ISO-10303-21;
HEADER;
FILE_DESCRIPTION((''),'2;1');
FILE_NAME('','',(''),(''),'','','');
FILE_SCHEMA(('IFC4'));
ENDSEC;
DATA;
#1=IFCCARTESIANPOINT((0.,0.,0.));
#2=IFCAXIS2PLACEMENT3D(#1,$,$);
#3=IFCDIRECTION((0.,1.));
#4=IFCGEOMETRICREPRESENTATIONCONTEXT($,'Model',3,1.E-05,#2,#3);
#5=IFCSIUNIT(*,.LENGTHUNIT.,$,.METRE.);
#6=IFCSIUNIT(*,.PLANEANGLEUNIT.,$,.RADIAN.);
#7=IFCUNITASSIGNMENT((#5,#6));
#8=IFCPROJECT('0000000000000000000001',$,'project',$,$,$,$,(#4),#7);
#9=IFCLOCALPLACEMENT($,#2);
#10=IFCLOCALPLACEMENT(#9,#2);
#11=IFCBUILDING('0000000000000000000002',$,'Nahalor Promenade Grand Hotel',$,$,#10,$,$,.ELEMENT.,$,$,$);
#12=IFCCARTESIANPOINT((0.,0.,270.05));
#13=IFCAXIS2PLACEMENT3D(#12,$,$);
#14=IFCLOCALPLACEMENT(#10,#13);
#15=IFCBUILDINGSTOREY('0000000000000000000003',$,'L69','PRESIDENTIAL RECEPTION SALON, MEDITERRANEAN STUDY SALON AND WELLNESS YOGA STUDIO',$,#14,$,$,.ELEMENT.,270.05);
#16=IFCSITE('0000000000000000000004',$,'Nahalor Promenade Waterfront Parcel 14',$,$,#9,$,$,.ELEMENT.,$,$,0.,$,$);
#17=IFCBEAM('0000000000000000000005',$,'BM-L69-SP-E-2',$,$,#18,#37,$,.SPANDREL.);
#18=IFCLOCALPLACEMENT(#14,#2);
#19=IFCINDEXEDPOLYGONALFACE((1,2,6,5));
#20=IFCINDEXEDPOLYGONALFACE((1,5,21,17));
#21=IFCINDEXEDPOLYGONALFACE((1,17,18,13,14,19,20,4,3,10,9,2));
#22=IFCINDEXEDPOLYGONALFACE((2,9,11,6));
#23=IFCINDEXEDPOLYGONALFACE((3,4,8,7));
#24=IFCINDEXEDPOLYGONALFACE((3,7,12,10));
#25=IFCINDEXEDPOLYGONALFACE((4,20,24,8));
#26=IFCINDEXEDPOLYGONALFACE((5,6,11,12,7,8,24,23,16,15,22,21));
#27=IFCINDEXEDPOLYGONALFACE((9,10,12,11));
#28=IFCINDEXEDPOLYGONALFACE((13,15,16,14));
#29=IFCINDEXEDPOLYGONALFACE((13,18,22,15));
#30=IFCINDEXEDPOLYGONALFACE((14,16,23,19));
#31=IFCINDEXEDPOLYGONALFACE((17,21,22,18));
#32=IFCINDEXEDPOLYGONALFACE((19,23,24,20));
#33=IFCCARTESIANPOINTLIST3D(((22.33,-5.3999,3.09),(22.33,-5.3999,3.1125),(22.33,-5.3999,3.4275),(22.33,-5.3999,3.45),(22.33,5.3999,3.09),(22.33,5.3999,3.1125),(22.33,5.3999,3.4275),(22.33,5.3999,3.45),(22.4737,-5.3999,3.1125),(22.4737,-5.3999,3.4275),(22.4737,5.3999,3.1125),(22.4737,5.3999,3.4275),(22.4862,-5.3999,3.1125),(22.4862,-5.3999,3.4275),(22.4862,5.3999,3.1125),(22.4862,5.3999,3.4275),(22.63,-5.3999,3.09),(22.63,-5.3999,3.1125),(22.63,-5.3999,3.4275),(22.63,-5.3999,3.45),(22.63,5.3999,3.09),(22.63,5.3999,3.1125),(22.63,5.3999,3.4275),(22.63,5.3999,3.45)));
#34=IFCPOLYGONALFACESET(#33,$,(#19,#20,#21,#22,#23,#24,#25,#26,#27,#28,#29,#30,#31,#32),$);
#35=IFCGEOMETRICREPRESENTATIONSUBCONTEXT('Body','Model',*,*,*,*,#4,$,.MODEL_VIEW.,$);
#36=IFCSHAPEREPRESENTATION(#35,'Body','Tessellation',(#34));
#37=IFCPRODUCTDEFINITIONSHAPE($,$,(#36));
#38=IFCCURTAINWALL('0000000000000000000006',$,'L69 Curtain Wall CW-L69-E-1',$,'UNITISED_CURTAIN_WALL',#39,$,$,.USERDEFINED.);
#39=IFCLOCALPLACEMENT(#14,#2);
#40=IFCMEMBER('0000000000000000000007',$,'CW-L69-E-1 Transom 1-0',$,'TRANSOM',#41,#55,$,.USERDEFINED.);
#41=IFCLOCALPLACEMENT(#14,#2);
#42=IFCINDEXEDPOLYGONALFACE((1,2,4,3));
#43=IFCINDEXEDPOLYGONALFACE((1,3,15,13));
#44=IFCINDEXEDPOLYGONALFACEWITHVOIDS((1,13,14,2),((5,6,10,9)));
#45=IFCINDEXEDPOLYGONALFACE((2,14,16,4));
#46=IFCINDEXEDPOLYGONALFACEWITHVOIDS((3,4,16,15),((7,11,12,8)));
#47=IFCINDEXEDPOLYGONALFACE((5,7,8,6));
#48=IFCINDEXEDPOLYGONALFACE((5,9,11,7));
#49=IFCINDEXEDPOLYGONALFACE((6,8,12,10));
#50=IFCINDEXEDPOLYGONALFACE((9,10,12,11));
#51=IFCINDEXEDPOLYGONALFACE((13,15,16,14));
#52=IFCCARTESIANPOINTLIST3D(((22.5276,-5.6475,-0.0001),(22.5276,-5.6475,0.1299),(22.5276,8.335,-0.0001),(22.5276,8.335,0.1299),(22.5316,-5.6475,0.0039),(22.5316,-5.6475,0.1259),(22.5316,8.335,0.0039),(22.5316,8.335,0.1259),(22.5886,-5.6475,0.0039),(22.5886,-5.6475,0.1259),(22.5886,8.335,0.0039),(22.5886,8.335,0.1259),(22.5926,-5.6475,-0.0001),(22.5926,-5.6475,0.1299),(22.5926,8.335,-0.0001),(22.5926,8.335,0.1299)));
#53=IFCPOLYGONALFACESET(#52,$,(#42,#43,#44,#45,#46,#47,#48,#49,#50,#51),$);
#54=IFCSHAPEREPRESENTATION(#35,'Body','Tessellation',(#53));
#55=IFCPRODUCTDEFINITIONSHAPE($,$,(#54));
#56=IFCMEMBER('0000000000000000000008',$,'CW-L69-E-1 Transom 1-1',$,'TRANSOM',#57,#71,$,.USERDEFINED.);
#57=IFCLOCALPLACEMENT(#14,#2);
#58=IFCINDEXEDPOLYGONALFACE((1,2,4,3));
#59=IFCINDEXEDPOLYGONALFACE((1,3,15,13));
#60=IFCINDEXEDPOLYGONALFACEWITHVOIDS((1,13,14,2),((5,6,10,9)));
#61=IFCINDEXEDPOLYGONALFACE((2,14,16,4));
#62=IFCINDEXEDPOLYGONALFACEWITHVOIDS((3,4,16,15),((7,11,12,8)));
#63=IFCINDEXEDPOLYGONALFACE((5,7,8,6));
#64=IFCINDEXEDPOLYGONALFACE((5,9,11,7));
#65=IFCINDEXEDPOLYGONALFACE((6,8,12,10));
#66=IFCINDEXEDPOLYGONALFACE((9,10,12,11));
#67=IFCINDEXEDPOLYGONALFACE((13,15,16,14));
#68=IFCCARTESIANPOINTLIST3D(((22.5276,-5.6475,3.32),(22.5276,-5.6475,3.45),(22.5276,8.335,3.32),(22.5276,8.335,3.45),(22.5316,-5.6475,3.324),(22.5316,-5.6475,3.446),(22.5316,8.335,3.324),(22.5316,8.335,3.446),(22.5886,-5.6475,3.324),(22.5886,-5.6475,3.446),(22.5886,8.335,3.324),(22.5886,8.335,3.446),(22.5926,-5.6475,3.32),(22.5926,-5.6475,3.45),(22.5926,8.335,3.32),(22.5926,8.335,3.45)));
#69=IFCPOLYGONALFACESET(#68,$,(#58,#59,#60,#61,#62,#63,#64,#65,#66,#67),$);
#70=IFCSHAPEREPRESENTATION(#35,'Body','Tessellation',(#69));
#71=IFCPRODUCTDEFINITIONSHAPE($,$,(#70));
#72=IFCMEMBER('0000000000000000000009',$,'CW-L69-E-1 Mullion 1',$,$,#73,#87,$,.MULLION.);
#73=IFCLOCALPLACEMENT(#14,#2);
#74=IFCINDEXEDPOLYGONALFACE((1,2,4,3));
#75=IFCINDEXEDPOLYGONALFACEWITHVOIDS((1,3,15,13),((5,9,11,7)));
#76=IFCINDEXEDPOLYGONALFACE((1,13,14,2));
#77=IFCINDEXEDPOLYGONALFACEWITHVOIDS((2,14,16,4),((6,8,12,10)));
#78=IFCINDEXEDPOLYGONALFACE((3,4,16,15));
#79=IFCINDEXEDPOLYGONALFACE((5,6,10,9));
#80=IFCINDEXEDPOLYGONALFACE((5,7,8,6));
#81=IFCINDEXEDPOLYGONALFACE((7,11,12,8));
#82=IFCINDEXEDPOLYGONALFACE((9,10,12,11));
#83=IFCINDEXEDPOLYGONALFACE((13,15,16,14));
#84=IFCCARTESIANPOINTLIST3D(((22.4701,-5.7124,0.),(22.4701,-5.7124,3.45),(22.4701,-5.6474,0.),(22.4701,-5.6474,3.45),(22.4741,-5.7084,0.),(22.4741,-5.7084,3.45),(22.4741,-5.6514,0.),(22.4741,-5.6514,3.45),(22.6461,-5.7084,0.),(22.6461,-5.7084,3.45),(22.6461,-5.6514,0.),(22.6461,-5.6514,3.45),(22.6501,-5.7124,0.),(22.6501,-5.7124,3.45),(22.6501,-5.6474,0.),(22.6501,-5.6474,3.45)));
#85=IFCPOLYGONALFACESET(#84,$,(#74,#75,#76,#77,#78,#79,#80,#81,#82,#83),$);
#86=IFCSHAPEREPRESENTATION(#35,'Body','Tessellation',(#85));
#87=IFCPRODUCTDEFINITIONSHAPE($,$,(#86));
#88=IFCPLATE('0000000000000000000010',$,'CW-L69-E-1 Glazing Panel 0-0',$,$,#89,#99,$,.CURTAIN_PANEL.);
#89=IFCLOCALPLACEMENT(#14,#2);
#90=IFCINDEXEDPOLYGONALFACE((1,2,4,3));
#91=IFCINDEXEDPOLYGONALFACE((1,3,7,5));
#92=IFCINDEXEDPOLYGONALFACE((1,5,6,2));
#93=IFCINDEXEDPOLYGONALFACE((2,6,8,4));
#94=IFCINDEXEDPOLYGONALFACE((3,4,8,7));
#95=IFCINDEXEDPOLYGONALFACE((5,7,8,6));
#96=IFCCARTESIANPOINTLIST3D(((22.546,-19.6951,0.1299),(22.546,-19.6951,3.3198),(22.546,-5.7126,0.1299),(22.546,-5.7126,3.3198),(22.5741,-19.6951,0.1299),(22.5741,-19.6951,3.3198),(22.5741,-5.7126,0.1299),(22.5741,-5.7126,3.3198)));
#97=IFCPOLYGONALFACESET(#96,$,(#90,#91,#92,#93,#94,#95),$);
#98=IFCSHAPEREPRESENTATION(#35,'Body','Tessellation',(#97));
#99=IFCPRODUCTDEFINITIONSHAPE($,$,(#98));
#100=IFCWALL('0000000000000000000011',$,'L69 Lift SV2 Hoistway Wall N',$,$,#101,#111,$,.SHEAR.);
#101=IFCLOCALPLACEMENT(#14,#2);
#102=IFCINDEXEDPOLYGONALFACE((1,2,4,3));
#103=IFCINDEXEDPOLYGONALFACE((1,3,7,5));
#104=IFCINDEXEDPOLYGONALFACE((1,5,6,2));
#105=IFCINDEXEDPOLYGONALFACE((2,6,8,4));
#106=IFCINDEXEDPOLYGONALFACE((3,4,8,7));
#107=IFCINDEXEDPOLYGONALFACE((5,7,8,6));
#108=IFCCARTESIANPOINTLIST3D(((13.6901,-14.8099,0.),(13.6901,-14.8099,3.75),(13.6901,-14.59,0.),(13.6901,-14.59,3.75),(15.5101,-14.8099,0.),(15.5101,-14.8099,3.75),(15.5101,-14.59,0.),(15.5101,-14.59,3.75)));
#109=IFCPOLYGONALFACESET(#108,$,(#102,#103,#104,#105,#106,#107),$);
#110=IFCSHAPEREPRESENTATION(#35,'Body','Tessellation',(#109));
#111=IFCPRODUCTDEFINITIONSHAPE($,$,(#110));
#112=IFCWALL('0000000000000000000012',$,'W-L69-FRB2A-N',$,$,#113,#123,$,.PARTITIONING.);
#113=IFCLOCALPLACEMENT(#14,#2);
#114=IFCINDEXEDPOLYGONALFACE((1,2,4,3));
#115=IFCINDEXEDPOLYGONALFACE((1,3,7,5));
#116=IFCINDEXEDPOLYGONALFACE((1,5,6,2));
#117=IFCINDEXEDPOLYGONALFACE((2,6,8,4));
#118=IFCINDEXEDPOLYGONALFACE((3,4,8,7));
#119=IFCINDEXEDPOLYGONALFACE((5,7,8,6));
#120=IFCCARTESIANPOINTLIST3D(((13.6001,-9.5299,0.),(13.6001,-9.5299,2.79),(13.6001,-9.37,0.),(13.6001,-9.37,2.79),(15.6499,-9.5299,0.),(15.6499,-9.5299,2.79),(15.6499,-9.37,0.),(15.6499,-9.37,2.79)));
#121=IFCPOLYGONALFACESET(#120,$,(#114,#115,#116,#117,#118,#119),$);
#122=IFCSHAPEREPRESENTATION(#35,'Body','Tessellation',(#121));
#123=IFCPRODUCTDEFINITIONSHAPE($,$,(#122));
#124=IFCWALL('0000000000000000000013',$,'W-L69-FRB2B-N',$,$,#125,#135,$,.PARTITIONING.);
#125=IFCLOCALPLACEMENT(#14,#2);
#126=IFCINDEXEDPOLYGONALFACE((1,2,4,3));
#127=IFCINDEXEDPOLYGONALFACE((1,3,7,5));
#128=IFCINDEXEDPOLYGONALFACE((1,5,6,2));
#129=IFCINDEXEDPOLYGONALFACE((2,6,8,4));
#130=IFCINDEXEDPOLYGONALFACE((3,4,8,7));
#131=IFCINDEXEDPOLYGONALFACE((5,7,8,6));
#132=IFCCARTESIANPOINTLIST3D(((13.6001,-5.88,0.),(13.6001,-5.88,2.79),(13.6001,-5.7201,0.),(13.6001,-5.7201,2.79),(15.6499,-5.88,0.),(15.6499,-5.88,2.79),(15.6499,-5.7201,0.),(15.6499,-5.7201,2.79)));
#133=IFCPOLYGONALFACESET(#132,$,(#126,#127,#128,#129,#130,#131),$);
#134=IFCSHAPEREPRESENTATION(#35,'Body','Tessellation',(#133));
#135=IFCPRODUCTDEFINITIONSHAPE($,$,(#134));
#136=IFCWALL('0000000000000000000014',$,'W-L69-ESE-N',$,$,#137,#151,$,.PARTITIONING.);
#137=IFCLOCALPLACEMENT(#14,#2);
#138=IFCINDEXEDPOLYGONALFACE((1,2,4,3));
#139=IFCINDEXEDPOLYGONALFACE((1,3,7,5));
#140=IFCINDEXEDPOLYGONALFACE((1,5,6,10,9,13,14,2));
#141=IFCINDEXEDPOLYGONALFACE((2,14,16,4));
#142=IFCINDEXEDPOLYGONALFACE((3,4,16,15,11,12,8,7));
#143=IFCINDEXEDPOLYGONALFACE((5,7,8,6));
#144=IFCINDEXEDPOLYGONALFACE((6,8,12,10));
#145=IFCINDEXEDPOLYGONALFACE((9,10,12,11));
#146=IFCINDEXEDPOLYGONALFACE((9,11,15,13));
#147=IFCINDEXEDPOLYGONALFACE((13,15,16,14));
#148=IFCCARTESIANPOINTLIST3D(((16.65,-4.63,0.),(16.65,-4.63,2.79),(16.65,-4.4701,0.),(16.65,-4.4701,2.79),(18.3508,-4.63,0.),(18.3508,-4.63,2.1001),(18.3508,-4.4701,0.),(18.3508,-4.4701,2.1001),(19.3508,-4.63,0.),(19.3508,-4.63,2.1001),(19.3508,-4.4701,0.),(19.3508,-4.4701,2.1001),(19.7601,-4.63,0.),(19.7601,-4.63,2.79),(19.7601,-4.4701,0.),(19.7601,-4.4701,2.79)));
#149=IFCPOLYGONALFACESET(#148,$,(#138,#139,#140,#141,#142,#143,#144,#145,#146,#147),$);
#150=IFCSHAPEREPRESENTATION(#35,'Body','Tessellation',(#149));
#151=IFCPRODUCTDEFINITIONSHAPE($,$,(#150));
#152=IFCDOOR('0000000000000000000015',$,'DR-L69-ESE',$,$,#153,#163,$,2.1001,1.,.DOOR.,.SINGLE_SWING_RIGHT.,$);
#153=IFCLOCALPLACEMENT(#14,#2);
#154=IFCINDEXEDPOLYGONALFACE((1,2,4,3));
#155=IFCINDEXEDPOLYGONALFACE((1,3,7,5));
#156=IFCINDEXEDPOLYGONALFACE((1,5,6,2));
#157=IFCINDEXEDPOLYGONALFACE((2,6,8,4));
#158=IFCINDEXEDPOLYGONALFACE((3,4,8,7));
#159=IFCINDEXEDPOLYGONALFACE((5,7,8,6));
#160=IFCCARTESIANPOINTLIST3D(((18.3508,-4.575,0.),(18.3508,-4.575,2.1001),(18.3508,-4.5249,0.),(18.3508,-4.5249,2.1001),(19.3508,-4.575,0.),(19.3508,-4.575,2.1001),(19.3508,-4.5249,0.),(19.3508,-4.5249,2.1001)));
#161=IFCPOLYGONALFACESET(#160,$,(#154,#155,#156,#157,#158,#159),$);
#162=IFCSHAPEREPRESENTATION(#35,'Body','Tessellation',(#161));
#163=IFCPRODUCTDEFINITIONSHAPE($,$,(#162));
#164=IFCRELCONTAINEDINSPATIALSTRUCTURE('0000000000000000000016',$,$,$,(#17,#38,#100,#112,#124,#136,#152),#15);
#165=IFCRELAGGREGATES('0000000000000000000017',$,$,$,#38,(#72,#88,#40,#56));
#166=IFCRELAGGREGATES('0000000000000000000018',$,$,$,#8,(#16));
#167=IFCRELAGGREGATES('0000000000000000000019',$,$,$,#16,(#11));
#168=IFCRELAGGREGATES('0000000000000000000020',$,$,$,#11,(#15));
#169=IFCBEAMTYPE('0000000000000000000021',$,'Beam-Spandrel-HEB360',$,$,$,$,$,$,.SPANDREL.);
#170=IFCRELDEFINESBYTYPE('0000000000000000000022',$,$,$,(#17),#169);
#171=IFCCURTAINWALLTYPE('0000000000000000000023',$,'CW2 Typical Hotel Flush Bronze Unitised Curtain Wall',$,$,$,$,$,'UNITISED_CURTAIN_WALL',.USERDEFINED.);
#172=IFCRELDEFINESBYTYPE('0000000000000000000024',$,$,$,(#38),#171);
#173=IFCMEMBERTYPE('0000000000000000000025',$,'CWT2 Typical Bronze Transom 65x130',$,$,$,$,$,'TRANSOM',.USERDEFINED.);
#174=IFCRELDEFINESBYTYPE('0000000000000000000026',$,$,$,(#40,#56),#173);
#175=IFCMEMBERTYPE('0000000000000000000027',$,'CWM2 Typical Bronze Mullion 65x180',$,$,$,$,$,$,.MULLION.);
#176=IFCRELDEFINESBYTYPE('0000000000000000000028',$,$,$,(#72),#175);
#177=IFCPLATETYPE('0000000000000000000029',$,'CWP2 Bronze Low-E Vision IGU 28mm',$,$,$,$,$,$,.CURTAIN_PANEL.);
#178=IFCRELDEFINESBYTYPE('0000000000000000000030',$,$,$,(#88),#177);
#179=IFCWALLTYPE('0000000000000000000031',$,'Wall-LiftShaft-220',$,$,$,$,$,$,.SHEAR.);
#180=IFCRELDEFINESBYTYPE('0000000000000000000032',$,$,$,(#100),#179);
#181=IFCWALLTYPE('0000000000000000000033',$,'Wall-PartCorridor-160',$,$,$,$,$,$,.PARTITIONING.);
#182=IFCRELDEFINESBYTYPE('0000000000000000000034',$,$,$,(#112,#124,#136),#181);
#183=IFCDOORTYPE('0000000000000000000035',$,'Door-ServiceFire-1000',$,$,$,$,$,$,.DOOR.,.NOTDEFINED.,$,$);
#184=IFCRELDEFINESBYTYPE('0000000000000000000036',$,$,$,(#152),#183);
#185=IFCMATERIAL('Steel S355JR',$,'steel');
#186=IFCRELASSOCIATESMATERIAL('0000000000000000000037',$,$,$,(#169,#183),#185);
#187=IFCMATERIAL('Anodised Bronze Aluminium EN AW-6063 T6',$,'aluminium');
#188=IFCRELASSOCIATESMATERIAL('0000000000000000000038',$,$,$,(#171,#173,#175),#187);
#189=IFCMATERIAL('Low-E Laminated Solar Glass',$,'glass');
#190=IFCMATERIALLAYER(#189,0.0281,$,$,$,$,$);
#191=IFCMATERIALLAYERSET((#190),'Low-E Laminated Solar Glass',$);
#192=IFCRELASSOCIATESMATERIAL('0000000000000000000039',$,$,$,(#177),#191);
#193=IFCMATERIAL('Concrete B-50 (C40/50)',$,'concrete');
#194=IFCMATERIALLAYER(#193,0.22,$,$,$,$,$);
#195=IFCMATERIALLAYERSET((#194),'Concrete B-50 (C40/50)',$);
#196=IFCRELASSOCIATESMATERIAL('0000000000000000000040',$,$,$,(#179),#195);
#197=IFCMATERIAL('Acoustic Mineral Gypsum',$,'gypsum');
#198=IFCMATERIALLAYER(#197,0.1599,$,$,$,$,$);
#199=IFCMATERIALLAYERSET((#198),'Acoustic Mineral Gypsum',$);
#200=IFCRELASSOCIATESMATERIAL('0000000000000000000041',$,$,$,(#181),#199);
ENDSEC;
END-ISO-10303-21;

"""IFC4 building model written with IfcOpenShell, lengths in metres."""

from ifc_helpers import new_model, si_unit, direction, frame, frame_2d, origin, origin_2d, place, context, subcontext, project, spatial, rectangle, hollow_rectangle, i_section, extrude, source, transform, mapped, material, layer, layer_set, material_profile, profile_set, type_object, element, fill, aggregate, save


model = new_model("IFC4")

# Units and contexts
model_context = context("Model", 3, precision=1e-05, world=origin(), true_north=direction((0.0, 1.0)))
body_context = subcontext(model_context, "Body", "Model", "MODEL_VIEW")
ifc_project = project(units=[si_unit("LENGTHUNIT", "METRE"), si_unit("PLANEANGLEUNIT", "RADIAN")], contexts=[model_context])

# Site, building, storey
site_placement = place(None, origin())
site = spatial("IfcSite", under=ifc_project, at=site_placement, Name="Nahalor Promenade Waterfront Parcel 14", CompositionType="ELEMENT", RefElevation=0.0)
building_placement = place(site_placement, origin())
building = spatial("IfcBuilding", under=site, at=building_placement, Name="Nahalor Promenade Grand Hotel", CompositionType="ELEMENT")
storey_placement = place(building_placement, frame((0.0, 0.0, 270.05)))
storey = spatial("IfcBuildingStorey", under=building, at=storey_placement, Name="L69", Description="PRESIDENTIAL RECEPTION SALON, MEDITERRANEAN STUDY SALON AND WELLNESS YOGA STUDIO", CompositionType="ELEMENT", Elevation=270.05)

# Shared definitions
ifc_material_1 = material(Name="Steel S355JR", Category="steel")

# Beam
ifc_material_profile_1 = material_profile(ifc_material_1, i_section(OverallWidth=0.3, OverallDepth=0.36, WebThickness=0.0125, FlangeThickness=0.0225, at=origin_2d()), Name="HEB 360")
ifc_profile_set_1 = profile_set([ifc_material_profile_1], Name="Steel S355JR")
beam_type_1 = type_object("IfcBeamType", Name="Beam-Spandrel-HEB360", PredefinedType="SPANDREL", material=ifc_profile_set_1)
shared_shape_1 = source(origin(), body_context, "Body", "SweptSolid", [
    extrude(i_section(OverallWidth=0.3, OverallDepth=0.36, WebThickness=0.0125, FlangeThickness=0.0225, at=origin_2d()), origin(), (0.0, 0.0, 1.0), 10.7998),
])
beam_1_placement = place(storey_placement, frame((22.48, -5.3999, 3.27), z_axis=(0.0, 1.0, 0.0), x_axis=(-1.0, 0.0, 0.0)))
element("IfcBeam", 1, at=beam_1_placement, inside=storey, type_object=beam_type_1, Name="BM-L69-SP-E-2", PredefinedType="SPANDREL", context=body_context, shape_type="MappedRepresentation", body=[
    mapped(shared_shape_1, transform((0.0, 0.0, 0.0), scale=1.0)),
])

# Curtain wall, members, plate
ifc_material_2 = material(Name="Anodised Bronze Aluminium EN AW-6063 T6", Category="aluminium")
curtain_wall_type = type_object("IfcCurtainWallType", Name="CW2 Typical Hotel Flush Bronze Unitised Curtain Wall", ElementType="UNITISED_CURTAIN_WALL", PredefinedType="USERDEFINED", material=ifc_material_2)
curtain_wall_placement = place(storey_placement, origin())
curtain_wall = element("IfcCurtainWall", 2, at=curtain_wall_placement, inside=storey, type_object=curtain_wall_type, Name="L69 Curtain Wall CW-L69-E-1", ObjectType="UNITISED_CURTAIN_WALL", PredefinedType="USERDEFINED")
ifc_material_profile_2 = material_profile(ifc_material_2, hollow_rectangle(XDim=0.065, YDim=0.13, WallThickness=0.004, at=origin_2d()), Name="CWT 65x130x4")
ifc_profile_set_2 = profile_set([ifc_material_profile_2], Name="Anodised Bronze Aluminium EN AW-6063 T6")
member_type_1 = type_object("IfcMemberType", Name="CWT2 Typical Bronze Transom 65x130", ElementType="TRANSOM", PredefinedType="USERDEFINED", material=ifc_profile_set_2)
shared_shape_2 = source(origin(), body_context, "Body", "SweptSolid", [
    extrude(hollow_rectangle(XDim=0.065, YDim=0.13, WallThickness=0.004, at=origin_2d()), origin(), (0.0, 0.0, 1.0), 13.9824),
])
member_1_placement = place(storey_placement, frame((22.5601, -5.6475, 0.0649), z_axis=(0.0, 1.0, 0.0), x_axis=(-1.0, 0.0, 0.0)))
member_1 = element("IfcMember", 3, at=member_1_placement, type_object=member_type_1, Name="CW-L69-E-1 Transom 1-0", ObjectType="TRANSOM", PredefinedType="USERDEFINED", context=body_context, shape_type="MappedRepresentation", body=[
    mapped(shared_shape_2, transform((0.0, 0.0, 0.0), scale=1.0)),
])
member_2_placement = place(storey_placement, frame((22.5601, -5.6475, 3.385), z_axis=(0.0, 1.0, 0.0), x_axis=(-1.0, 0.0, 0.0)))
member_2 = element("IfcMember", 4, at=member_2_placement, type_object=member_type_1, Name="CW-L69-E-1 Transom 1-1", ObjectType="TRANSOM", PredefinedType="USERDEFINED", context=body_context, shape_type="MappedRepresentation", body=[
    mapped(shared_shape_2, transform((0.0, 0.0, 0.0), scale=1.0)),
])
ifc_material_profile_3 = material_profile(ifc_material_2, hollow_rectangle(XDim=0.065, YDim=0.18, WallThickness=0.004, at=origin_2d()), Name="CWM 65x180x4")
ifc_profile_set_3 = profile_set([ifc_material_profile_3], Name="Anodised Bronze Aluminium EN AW-6063 T6")
member_type_2 = type_object("IfcMemberType", Name="CWM2 Typical Bronze Mullion 65x180", PredefinedType="MULLION", material=ifc_profile_set_3)
shared_shape_3 = source(origin(), body_context, "Body", "SweptSolid", [
    extrude(hollow_rectangle(XDim=0.065, YDim=0.18, WallThickness=0.004, at=origin_2d()), origin(), (0.0, 0.0, 1.0), 3.45),
])
member_3_placement = place(storey_placement, frame((22.5601, -5.6799, 0.0), z_axis=(0.0, 0.0, 1.0), x_axis=(0.0, 1.0, 0.0)))
member_3 = element("IfcMember", 5, at=member_3_placement, type_object=member_type_2, Name="CW-L69-E-1 Mullion 1", PredefinedType="MULLION", context=body_context, shape_type="MappedRepresentation", body=[
    mapped(shared_shape_3, transform((0.0, 0.0, 0.0), scale=1.0)),
])
ifc_material_3 = material(Name="Low-E Laminated Solar Glass", Category="glass")
ifc_layer_1 = layer(ifc_material_3, 0.0281)
ifc_layer_set_1 = layer_set([ifc_layer_1], Name="Low-E Laminated Solar Glass")
plate_type = type_object("IfcPlateType", Name="CWP2 Bronze Low-E Vision IGU 28mm", PredefinedType="CURTAIN_PANEL", material=ifc_layer_set_1)
shared_shape_4 = source(origin(), body_context, "Body", "SweptSolid", [
    extrude(rectangle(XDim=13.9824, YDim=0.0281, at=origin_2d()), origin(), (0.0, 0.0, 1.0), 3.1899),
])
plate_placement = place(storey_placement, frame((22.5601, -12.7039, 0.1299), z_axis=(0.0, 0.0, 1.0), x_axis=(0.0, 1.0, 0.0)))
plate = element("IfcPlate", 6, at=plate_placement, type_object=plate_type, Name="CW-L69-E-1 Glazing Panel 0-0", PredefinedType="CURTAIN_PANEL", context=body_context, shape_type="MappedRepresentation", body=[
    mapped(shared_shape_4, transform((0.0, 0.0, 0.0), scale=1.0)),
])
aggregate(curtain_wall, [member_3, plate, member_1, member_2])

# Walls
ifc_material_4 = material(Name="Concrete B-50 (C40/50)", Category="concrete")
ifc_layer_2 = layer(ifc_material_4, 0.22)
ifc_layer_set_2 = layer_set([ifc_layer_2], Name="Concrete B-50 (C40/50)")
wall_type_1 = type_object("IfcWallType", Name="Wall-LiftShaft-220", PredefinedType="SHEAR", material=ifc_layer_set_2)
shared_shape_5 = source(origin(), body_context, "Body", "SweptSolid", [
    extrude(rectangle(XDim=1.8201, YDim=0.22, at=frame_2d((0.9102, 0.0))), origin(), (0.0, 0.0, 1.0), 3.75),
])
wall_1_placement = place(storey_placement, frame((13.6899, -14.7, 0.0), z_axis=(0.0, 0.0, 1.0), x_axis=(1.0, 0.0, 0.0)))
element("IfcWall", 7, at=wall_1_placement, inside=storey, type_object=wall_type_1, Name="L69 Lift SV2 Hoistway Wall N", PredefinedType="SHEAR", context=body_context, shape_type="MappedRepresentation", body=[
    mapped(shared_shape_5, transform((0.0, 0.0, 0.0), scale=1.0)),
])
ifc_material_5 = material(Name="Acoustic Mineral Gypsum", Category="gypsum")
ifc_layer_3 = layer(ifc_material_5, 0.1599)
ifc_layer_set_3 = layer_set([ifc_layer_3], Name="Acoustic Mineral Gypsum")
wall_type_2 = type_object("IfcWallType", Name="Wall-PartCorridor-160", PredefinedType="PARTITIONING", material=ifc_layer_set_3)
shared_shape_6 = source(origin(), body_context, "Body", "SweptSolid", [
    extrude(rectangle(XDim=2.0498, YDim=0.1599, at=frame_2d((1.0249, 0.0))), origin(), (0.0, 0.0, 1.0), 2.79),
])
for number, where, z_axis, x_axis, name in (
    (8, (13.6001, -9.45, 0.0), (0.0, 0.0, 1.0), (1.0, 0.0, 0.0), "W-L69-FRB2A-N"),
    (9, (13.6001, -5.8, 0.0), (0.0, 0.0, 1.0), (1.0, 0.0, 0.0), "W-L69-FRB2B-N"),
):
    element("IfcWall", number, at=place(storey_placement, frame(where, z_axis=z_axis, x_axis=x_axis)), inside=storey, type_object=wall_type_2, Name=name, PredefinedType="PARTITIONING", context=body_context, shape_type="MappedRepresentation", body=[
        mapped(shared_shape_6, transform((0.0, 0.0, 0.0), scale=1.0)),
    ])

# Wall, opening, door
shared_shape_7 = source(origin(), body_context, "Body", "SweptSolid", [
    extrude(rectangle(XDim=3.1101, YDim=0.1599, at=frame_2d((1.5552, 0.0))), origin(), (0.0, 0.0, 1.0), 2.79),
])
wall_2_placement = place(storey_placement, frame((16.6499, -4.55, 0.0), z_axis=(0.0, 0.0, 1.0), x_axis=(1.0, 0.0, 0.0)))
wall_2 = element("IfcWall", 10, at=wall_2_placement, inside=storey, type_object=wall_type_2, Name="W-L69-ESE-N", PredefinedType="PARTITIONING", context=body_context, shape_type="MappedRepresentation", body=[
    mapped(shared_shape_7, transform((0.0, 0.0, 0.0), scale=1.0)),
])
opening_1_placement = place(wall_2_placement, frame((1.7009, 0.0, 0.0)))
opening_1 = element("IfcOpeningElement", 11, at=opening_1_placement, cuts=wall_2, PredefinedType="OPENING", context=body_context, shape_type="SweptSolid", body=[
    extrude(rectangle(XDim=1.0, YDim=2.1001, at=frame_2d((0.5, 1.05))), frame((0.0, 0.0898, 0.0), z_axis=(0.0, -1.0, 0.0), x_axis=(1.0, 0.0, 0.0)), (0.0, 0.0, 1.0), 0.1799),
])
door_type_1 = type_object("IfcDoorType", Name="Door-ServiceFire-1000", OperationType="NOTDEFINED", PredefinedType="DOOR", material=ifc_material_1)
shared_shape_8 = source(origin(), body_context, "Body", "SweptSolid", [
    extrude(rectangle(XDim=1.0, YDim=2.1001, at=frame_2d((0.5, 1.05))), frame((0.0, 0.0249, 0.0), z_axis=(0.0, -1.0, 0.0), x_axis=(1.0, 0.0, 0.0)), (0.0, 0.0, 1.0), 0.05),
])
door_1_placement = place(opening_1_placement, frame((1.0, 0.0, 0.0), z_axis=(0.0, 0.0, 1.0), x_axis=(-1.0, 0.0, 0.0)))
door_1 = element("IfcDoor", 12, at=door_1_placement, inside=storey, type_object=door_type_1, Name="DR-L69-ESE", OperationType="SINGLE_SWING_RIGHT", OverallHeight=2.1001, OverallWidth=1.0, PredefinedType="DOOR", context=body_context, shape_type="MappedRepresentation", body=[
    mapped(shared_shape_8, transform((0.0, 0.0, 0.0), scale=1.0)),
])
fill(opening_1, door_1)

save(model, "model.ifc")
